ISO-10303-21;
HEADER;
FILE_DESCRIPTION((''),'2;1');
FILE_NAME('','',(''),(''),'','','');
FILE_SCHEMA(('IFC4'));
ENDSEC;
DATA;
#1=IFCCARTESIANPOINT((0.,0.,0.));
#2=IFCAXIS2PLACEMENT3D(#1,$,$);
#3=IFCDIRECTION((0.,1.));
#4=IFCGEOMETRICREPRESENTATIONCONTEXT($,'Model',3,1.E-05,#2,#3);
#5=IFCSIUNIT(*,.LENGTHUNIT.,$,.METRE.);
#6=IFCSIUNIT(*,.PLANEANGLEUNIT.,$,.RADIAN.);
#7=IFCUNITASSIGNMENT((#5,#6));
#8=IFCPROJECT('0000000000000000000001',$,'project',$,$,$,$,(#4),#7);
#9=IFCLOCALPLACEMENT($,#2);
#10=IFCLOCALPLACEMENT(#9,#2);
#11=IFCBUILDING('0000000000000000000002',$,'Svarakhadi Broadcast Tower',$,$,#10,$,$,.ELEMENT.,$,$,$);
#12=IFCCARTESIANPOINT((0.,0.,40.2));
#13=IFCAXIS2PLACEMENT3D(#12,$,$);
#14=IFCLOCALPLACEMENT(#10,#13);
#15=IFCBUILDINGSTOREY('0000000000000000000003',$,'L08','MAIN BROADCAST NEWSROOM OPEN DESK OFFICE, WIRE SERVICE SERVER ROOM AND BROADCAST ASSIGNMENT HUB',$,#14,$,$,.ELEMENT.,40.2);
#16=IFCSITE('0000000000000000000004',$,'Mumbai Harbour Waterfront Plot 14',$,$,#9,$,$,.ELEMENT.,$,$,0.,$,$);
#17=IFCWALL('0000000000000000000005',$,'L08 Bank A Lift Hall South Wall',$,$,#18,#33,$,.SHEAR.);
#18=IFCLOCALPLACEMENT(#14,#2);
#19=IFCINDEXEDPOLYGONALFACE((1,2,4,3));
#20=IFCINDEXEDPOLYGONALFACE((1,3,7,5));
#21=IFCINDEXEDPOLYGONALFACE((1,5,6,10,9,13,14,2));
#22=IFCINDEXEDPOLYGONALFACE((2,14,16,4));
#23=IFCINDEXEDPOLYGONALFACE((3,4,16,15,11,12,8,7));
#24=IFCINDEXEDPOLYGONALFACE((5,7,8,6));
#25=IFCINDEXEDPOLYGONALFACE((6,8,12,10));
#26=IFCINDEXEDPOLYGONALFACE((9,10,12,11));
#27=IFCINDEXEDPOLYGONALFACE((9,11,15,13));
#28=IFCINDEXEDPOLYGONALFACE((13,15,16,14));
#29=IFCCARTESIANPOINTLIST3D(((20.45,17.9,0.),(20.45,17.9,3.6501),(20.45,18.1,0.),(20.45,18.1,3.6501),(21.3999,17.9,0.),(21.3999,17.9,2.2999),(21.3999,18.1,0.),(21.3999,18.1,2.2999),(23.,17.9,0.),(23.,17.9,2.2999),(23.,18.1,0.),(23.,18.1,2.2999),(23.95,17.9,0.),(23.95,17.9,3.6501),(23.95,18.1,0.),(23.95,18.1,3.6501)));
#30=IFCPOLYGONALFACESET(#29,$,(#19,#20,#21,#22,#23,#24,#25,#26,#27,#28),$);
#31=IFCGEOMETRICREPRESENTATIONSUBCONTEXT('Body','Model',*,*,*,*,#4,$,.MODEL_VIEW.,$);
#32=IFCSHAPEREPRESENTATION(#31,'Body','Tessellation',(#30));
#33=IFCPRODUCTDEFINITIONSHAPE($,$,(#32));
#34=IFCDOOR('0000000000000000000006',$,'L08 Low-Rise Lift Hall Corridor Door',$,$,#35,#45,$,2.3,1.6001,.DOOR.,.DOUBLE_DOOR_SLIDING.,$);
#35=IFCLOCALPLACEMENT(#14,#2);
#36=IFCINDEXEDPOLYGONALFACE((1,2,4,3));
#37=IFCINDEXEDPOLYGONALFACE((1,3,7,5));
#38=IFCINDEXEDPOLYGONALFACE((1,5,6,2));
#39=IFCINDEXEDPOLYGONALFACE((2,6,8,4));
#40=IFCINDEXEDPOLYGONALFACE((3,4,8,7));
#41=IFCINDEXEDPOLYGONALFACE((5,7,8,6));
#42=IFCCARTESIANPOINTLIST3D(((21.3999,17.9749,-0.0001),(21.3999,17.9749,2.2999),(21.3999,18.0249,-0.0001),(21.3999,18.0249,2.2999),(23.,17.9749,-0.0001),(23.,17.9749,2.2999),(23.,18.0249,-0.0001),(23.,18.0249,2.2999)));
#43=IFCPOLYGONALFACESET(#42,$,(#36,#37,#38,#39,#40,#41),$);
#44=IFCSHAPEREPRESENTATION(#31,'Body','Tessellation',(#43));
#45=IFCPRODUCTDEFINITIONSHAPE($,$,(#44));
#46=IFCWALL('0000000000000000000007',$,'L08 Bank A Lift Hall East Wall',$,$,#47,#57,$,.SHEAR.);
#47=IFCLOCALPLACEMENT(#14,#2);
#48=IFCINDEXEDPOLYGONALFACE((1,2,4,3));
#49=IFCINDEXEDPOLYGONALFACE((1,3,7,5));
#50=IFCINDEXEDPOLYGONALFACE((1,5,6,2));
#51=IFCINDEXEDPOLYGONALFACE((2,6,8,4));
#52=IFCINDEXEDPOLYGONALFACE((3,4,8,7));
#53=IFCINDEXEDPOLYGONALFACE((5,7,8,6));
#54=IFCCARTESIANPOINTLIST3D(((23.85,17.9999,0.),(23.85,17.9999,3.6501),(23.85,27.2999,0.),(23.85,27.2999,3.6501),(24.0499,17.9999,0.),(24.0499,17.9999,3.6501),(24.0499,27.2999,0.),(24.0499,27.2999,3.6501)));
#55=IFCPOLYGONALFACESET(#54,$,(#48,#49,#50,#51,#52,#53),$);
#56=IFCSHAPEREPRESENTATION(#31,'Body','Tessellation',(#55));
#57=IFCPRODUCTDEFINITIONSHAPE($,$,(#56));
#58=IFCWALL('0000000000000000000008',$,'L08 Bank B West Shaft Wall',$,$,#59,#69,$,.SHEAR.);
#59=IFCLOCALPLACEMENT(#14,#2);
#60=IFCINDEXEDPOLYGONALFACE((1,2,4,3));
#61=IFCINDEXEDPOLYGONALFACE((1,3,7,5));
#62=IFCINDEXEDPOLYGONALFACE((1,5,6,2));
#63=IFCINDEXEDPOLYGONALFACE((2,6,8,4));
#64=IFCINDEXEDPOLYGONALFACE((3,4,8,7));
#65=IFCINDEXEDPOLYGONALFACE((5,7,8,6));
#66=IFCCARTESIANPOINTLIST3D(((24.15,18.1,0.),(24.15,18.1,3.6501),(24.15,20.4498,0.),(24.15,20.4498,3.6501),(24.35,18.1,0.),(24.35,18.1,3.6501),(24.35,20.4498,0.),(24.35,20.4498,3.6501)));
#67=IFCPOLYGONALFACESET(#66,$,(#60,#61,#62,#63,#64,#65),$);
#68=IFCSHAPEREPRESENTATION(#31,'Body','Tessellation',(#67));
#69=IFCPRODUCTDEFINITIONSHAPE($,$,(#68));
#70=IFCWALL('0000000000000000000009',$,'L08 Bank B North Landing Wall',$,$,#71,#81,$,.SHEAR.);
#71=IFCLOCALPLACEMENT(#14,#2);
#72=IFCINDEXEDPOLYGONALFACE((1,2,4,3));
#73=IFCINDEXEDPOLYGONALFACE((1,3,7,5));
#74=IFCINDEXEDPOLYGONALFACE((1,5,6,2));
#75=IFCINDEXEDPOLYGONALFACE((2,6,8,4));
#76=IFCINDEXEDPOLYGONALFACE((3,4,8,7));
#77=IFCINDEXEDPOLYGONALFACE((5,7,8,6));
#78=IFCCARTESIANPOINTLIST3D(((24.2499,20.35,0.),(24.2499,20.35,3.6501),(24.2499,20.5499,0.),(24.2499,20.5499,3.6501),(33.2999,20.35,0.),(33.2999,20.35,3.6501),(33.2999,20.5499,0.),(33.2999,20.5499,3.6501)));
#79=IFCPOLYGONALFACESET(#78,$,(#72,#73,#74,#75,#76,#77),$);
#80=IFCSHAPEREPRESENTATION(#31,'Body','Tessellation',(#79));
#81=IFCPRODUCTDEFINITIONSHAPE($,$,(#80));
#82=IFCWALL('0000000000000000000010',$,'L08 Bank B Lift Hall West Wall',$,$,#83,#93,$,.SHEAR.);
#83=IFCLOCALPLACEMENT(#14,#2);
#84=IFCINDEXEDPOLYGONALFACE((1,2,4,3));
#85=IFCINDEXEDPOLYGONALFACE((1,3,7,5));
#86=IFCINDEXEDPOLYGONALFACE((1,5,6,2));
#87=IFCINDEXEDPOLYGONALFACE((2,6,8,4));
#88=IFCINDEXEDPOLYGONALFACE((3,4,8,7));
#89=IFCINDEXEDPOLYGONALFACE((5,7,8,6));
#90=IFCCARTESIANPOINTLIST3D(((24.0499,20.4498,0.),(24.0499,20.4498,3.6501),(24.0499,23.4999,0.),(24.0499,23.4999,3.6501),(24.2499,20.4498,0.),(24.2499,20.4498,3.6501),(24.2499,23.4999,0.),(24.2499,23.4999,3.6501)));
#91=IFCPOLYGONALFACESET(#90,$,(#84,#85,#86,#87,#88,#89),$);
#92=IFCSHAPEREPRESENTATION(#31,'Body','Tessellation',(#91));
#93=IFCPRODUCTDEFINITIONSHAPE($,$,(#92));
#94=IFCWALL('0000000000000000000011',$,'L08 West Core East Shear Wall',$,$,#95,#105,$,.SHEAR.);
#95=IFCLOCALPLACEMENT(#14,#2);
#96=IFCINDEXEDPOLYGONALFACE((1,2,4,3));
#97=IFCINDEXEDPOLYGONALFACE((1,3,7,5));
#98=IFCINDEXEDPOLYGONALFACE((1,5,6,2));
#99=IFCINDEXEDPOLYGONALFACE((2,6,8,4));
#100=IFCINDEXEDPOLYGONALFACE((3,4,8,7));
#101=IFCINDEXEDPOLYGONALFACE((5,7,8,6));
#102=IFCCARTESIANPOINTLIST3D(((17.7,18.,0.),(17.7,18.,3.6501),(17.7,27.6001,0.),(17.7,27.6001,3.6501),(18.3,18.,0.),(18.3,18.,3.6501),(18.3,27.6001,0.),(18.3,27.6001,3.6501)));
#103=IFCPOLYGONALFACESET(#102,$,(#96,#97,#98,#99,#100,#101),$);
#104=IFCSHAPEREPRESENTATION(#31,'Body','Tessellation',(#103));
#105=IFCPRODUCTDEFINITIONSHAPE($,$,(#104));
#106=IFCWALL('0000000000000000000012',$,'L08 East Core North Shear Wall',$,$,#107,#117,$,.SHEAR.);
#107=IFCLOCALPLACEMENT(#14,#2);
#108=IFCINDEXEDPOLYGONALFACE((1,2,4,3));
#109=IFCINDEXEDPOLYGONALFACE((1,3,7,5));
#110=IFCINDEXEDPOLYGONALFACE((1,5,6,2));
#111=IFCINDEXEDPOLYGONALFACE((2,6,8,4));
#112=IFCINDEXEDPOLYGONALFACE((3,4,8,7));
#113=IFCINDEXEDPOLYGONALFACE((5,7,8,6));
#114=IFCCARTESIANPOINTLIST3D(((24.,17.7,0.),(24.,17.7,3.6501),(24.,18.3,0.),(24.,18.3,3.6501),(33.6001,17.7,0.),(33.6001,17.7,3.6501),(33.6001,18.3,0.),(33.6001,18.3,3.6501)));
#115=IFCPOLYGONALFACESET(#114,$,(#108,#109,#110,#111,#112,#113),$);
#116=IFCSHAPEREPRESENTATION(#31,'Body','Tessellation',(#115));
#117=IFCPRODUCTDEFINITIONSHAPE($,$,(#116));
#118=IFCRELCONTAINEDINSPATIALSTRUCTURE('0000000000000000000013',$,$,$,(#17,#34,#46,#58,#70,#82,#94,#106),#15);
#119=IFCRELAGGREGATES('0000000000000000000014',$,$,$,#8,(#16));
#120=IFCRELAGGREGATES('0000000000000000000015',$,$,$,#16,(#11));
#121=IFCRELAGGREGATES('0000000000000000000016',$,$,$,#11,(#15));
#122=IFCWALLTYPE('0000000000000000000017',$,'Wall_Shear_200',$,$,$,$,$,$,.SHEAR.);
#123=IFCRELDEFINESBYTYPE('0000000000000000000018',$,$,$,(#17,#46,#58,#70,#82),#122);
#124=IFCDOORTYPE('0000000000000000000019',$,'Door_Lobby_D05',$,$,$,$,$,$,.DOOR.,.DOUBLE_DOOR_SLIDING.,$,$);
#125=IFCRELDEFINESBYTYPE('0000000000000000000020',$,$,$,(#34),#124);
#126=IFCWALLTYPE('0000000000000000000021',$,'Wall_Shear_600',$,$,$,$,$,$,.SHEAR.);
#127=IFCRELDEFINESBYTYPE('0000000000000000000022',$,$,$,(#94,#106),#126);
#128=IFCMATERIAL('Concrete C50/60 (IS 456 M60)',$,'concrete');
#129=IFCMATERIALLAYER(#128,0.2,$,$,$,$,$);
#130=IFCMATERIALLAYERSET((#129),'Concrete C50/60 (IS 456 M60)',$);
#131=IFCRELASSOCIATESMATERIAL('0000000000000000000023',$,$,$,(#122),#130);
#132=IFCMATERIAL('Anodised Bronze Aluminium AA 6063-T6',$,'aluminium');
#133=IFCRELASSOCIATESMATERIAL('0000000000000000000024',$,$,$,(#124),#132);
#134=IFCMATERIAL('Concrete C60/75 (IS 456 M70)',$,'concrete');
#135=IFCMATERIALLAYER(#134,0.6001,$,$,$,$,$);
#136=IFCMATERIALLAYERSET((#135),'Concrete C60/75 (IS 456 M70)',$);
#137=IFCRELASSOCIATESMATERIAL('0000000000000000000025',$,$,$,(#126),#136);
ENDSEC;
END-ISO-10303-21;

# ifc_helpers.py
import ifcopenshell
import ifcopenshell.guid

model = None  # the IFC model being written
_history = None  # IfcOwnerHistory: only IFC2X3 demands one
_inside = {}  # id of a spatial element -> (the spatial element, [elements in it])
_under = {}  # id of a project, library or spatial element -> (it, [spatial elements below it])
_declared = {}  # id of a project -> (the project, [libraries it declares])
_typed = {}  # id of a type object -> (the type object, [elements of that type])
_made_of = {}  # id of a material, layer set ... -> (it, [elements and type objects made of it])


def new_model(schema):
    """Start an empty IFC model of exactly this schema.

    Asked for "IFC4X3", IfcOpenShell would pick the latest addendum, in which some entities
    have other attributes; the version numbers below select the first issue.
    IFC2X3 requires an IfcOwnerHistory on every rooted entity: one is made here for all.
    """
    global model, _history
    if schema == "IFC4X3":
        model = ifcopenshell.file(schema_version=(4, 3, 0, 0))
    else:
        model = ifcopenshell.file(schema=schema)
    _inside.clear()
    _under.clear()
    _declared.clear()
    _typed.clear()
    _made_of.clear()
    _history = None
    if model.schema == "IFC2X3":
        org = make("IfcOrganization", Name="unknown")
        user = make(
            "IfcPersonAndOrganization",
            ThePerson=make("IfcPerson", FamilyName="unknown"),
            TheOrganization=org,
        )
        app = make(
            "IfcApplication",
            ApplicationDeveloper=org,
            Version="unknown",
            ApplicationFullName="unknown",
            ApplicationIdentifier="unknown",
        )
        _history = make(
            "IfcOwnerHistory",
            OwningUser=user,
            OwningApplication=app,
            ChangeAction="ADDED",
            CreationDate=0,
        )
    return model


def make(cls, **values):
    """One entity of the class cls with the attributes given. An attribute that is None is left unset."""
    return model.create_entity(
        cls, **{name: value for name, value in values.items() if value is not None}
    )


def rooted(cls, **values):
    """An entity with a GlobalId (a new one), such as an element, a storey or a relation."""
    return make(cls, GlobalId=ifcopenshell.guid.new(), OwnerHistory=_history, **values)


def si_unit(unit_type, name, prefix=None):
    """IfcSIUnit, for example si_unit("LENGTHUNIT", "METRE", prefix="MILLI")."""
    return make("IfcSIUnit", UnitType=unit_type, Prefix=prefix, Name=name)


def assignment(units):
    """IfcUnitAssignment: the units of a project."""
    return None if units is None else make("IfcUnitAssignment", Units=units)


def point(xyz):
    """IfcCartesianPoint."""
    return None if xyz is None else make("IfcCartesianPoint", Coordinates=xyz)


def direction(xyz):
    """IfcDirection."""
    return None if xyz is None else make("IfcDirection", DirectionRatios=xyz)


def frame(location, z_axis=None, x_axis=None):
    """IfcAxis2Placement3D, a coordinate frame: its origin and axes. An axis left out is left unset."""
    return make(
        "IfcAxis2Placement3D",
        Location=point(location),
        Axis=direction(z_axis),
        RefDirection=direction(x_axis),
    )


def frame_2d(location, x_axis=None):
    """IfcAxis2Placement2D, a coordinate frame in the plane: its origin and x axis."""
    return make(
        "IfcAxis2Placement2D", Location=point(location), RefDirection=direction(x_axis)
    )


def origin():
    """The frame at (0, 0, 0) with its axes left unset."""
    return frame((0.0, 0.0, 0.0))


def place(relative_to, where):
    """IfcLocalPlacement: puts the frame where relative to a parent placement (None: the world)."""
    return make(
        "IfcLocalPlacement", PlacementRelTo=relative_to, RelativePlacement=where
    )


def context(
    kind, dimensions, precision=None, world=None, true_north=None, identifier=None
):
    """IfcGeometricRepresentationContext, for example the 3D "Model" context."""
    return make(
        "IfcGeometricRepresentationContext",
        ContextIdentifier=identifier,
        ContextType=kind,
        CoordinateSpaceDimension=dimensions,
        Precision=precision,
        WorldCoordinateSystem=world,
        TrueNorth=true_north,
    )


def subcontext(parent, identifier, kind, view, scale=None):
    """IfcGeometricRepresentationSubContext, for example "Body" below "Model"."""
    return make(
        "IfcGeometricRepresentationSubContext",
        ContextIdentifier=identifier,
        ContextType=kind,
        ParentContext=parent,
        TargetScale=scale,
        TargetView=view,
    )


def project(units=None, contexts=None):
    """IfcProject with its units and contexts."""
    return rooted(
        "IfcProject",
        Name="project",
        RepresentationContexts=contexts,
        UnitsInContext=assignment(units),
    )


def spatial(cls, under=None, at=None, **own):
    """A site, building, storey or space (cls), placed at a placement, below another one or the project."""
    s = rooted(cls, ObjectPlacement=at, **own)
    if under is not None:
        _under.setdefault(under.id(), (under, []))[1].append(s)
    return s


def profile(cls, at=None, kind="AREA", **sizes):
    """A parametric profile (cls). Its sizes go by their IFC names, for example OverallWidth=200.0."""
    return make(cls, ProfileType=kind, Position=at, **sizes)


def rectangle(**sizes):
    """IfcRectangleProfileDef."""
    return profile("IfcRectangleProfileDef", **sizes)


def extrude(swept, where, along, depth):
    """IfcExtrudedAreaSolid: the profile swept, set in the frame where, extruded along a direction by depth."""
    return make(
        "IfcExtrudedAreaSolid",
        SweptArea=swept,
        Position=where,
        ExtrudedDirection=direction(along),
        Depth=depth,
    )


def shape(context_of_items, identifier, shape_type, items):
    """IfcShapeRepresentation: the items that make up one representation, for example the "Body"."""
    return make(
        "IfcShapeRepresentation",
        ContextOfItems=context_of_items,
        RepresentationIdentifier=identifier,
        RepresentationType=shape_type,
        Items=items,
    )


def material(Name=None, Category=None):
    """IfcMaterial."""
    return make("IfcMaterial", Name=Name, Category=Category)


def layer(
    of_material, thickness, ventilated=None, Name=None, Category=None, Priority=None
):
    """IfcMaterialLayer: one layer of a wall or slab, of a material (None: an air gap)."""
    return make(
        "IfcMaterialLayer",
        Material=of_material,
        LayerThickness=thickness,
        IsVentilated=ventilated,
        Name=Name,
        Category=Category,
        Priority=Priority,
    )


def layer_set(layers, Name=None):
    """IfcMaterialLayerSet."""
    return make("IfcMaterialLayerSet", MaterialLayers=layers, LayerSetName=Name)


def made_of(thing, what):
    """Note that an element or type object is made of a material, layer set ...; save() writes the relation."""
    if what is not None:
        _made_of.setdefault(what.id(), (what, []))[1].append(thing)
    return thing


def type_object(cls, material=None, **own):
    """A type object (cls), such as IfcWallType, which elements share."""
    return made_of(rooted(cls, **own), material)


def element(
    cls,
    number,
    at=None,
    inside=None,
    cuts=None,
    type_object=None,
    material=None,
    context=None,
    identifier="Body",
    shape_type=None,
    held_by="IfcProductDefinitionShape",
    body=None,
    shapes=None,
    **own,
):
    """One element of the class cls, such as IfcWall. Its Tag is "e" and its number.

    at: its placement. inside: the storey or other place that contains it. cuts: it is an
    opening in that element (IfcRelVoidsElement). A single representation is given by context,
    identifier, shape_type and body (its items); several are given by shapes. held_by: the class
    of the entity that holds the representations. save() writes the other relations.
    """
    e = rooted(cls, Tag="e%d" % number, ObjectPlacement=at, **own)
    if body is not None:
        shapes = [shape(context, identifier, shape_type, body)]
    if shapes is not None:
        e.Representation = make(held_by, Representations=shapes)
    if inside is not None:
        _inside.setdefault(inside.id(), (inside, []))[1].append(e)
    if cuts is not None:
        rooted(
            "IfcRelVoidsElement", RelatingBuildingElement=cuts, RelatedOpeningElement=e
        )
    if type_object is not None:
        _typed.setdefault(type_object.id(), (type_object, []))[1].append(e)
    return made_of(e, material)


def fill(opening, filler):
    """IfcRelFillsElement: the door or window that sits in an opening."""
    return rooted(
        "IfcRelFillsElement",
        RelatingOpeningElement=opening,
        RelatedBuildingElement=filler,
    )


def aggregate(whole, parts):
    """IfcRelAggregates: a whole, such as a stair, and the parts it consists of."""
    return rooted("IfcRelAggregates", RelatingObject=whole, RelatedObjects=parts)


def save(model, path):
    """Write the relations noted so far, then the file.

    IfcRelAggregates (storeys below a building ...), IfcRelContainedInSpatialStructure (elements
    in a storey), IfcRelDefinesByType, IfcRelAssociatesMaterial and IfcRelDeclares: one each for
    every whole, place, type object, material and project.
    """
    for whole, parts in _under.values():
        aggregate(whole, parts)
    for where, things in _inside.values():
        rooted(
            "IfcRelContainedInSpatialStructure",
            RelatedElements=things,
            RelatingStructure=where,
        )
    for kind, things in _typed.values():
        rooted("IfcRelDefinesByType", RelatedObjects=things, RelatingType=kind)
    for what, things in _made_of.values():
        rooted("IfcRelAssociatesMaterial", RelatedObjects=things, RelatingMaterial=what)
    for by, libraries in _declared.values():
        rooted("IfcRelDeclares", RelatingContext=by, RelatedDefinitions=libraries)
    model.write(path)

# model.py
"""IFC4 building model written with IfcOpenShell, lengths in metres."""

from ifc_helpers import new_model, si_unit, direction, frame, frame_2d, origin, place, context, subcontext, project, spatial, rectangle, extrude, material, layer, layer_set, type_object, element, fill, save


model = new_model("IFC4")

# Units and contexts
model_context = context("Model", 3, precision=1e-05, world=origin(), true_north=direction((0.0, 1.0)))
body_context = subcontext(model_context, "Body", "Model", "MODEL_VIEW")
ifc_project = project(units=[si_unit("LENGTHUNIT", "METRE"), si_unit("PLANEANGLEUNIT", "RADIAN")], contexts=[model_context])

# Site, building, storey
site_placement = place(None, origin())
site = spatial("IfcSite", under=ifc_project, at=site_placement, Name="Mumbai Harbour Waterfront Plot 14", CompositionType="ELEMENT", RefElevation=0.0)
building_placement = place(site_placement, origin())
building = spatial("IfcBuilding", under=site, at=building_placement, Name="Svarakhadi Broadcast Tower", CompositionType="ELEMENT")
storey_placement = place(building_placement, frame((0.0, 0.0, 40.2)))
storey = spatial("IfcBuildingStorey", under=building, at=storey_placement, Name="L08", Description="MAIN BROADCAST NEWSROOM OPEN DESK OFFICE, WIRE SERVICE SERVER ROOM AND BROADCAST ASSIGNMENT HUB", CompositionType="ELEMENT", Elevation=40.2)

# Shared definitions
ifc_material_1 = material(Name="Concrete C60/75 (IS 456 M70)", Category="concrete")

# Shared definitions
ifc_material_2 = material(Name="Concrete C50/60 (IS 456 M60)", Category="concrete")
ifc_layer_1 = layer(ifc_material_2, 0.2)
ifc_layer_set_1 = layer_set([ifc_layer_1], Name="Concrete C50/60 (IS 456 M60)")
wall_type_1 = type_object("IfcWallType", Name="Wall_Shear_200", PredefinedType="SHEAR", material=ifc_layer_set_1)

# Wall, opening, door
wall_1_placement = place(storey_placement, frame((20.45, 18.0, 0.0), z_axis=(0.0, 0.0, 1.0), x_axis=(1.0, 0.0, 0.0)))
wall_1 = element("IfcWall", 1, at=wall_1_placement, inside=storey, type_object=wall_type_1, Name="L08 Bank A Lift Hall South Wall", PredefinedType="SHEAR", context=body_context, shape_type="SweptSolid", body=[
    extrude(rectangle(XDim=3.5, YDim=0.2, at=frame_2d((1.75, 0.0))), origin(), (0.0, 0.0, 1.0), 3.6501),
])
opening_1_placement = place(wall_1_placement, frame((0.95, 0.0, 0.0)))
opening_1 = element("IfcOpeningElement", 2, at=opening_1_placement, cuts=wall_1, PredefinedType="OPENING", context=body_context, shape_type="SweptSolid", body=[
    extrude(rectangle(XDim=1.6001, YDim=2.3, at=frame_2d((0.8, 1.1499))), frame((0.0, 0.1099, 0.0), z_axis=(0.0, -1.0, 0.0), x_axis=(1.0, 0.0, 0.0)), (0.0, 0.0, 1.0), 0.22),
])
ifc_material_3 = material(Name="Anodised Bronze Aluminium AA 6063-T6", Category="aluminium")
door_type_1 = type_object("IfcDoorType", Name="Door_Lobby_D05", OperationType="DOUBLE_DOOR_SLIDING", PredefinedType="DOOR", material=ifc_material_3)
door_1_placement = place(opening_1_placement, origin())
door_1 = element("IfcDoor", 3, at=door_1_placement, inside=storey, type_object=door_type_1, Name="L08 Low-Rise Lift Hall Corridor Door", OperationType="DOUBLE_DOOR_SLIDING", OverallHeight=2.3, OverallWidth=1.6001, PredefinedType="DOOR", context=body_context, shape_type="SweptSolid", body=[
    extrude(rectangle(XDim=1.6001, YDim=2.3, at=frame_2d((0.8, 1.1499))), frame((0.0, 0.0249, 0.0), z_axis=(0.0, -1.0, 0.0), x_axis=(1.0, 0.0, 0.0)), (0.0, 0.0, 1.0), 0.05),
])
fill(opening_1, door_1)

# Walls
wall_2_placement = place(storey_placement, frame((23.95, 18.0, 0.0), z_axis=(0.0, 0.0, 1.0), x_axis=(0.0, 1.0, 0.0)))
element("IfcWall", 4, at=wall_2_placement, inside=storey, type_object=wall_type_1, Name="L08 Bank A Lift Hall East Wall", PredefinedType="SHEAR", context=body_context, shape_type="SweptSolid", body=[
    extrude(rectangle(XDim=9.3, YDim=0.2, at=frame_2d((4.6499, 0.0))), origin(), (0.0, 0.0, 1.0), 3.6501),
])
wall_3_placement = place(storey_placement, frame((24.25, 18.1001, 0.0), z_axis=(0.0, 0.0, 1.0), x_axis=(0.0, 1.0, 0.0)))
element("IfcWall", 5, at=wall_3_placement, inside=storey, type_object=wall_type_1, Name="L08 Bank B West Shaft Wall", PredefinedType="SHEAR", context=body_context, shape_type="SweptSolid", body=[
    extrude(rectangle(XDim=2.3499, YDim=0.2, at=frame_2d((1.1748, 0.0))), origin(), (0.0, 0.0, 1.0), 3.6501),
])
wall_4_placement = place(storey_placement, frame((24.25, 20.45, 0.0), z_axis=(0.0, 0.0, 1.0), x_axis=(1.0, 0.0, 0.0)))
element("IfcWall", 6, at=wall_4_placement, inside=storey, type_object=wall_type_1, Name="L08 Bank B North Landing Wall", PredefinedType="SHEAR", context=body_context, shape_type="SweptSolid", body=[
    extrude(rectangle(XDim=9.05, YDim=0.2, at=frame_2d((4.5249, 0.0))), origin(), (0.0, 0.0, 1.0), 3.6501),
])
wall_5_placement = place(storey_placement, frame((24.1499, 20.45, 0.0), z_axis=(0.0, 0.0, 1.0), x_axis=(0.0, 1.0, 0.0)))
element("IfcWall", 7, at=wall_5_placement, inside=storey, type_object=wall_type_1, Name="L08 Bank B Lift Hall West Wall", PredefinedType="SHEAR", context=body_context, shape_type="SweptSolid", body=[
    extrude(rectangle(XDim=3.05, YDim=0.2, at=frame_2d((1.5249, 0.0))), origin(), (0.0, 0.0, 1.0), 3.6501),
])
ifc_layer_2 = layer(ifc_material_1, 0.6001)
ifc_layer_set_2 = layer_set([ifc_layer_2], Name="Concrete C60/75 (IS 456 M70)")
wall_type_2 = type_object("IfcWallType", Name="Wall_Shear_600", PredefinedType="SHEAR", material=ifc_layer_set_2)
for number, where, z_axis, x_axis, name in (
    (8, (18.0, 18.0, 0.0), (0.0, 0.0, 1.0), (0.0, 1.0, 0.0), "L08 West Core East Shear Wall"),
    (9, (24.0, 18.0, 0.0), (0.0, 0.0, 1.0), (1.0, 0.0, 0.0), "L08 East Core North Shear Wall"),
):
    element("IfcWall", number, at=place(storey_placement, frame(where, z_axis=z_axis, x_axis=x_axis)), inside=storey, type_object=wall_type_2, Name=name, PredefinedType="SHEAR", context=body_context, shape_type="SweptSolid", body=[
        extrude(rectangle(XDim=9.6001, YDim=0.6001, at=frame_2d((4.8, 0.0))), origin(), (0.0, 0.0, 1.0), 3.6501),
    ])

save(model, "model.ifc")
